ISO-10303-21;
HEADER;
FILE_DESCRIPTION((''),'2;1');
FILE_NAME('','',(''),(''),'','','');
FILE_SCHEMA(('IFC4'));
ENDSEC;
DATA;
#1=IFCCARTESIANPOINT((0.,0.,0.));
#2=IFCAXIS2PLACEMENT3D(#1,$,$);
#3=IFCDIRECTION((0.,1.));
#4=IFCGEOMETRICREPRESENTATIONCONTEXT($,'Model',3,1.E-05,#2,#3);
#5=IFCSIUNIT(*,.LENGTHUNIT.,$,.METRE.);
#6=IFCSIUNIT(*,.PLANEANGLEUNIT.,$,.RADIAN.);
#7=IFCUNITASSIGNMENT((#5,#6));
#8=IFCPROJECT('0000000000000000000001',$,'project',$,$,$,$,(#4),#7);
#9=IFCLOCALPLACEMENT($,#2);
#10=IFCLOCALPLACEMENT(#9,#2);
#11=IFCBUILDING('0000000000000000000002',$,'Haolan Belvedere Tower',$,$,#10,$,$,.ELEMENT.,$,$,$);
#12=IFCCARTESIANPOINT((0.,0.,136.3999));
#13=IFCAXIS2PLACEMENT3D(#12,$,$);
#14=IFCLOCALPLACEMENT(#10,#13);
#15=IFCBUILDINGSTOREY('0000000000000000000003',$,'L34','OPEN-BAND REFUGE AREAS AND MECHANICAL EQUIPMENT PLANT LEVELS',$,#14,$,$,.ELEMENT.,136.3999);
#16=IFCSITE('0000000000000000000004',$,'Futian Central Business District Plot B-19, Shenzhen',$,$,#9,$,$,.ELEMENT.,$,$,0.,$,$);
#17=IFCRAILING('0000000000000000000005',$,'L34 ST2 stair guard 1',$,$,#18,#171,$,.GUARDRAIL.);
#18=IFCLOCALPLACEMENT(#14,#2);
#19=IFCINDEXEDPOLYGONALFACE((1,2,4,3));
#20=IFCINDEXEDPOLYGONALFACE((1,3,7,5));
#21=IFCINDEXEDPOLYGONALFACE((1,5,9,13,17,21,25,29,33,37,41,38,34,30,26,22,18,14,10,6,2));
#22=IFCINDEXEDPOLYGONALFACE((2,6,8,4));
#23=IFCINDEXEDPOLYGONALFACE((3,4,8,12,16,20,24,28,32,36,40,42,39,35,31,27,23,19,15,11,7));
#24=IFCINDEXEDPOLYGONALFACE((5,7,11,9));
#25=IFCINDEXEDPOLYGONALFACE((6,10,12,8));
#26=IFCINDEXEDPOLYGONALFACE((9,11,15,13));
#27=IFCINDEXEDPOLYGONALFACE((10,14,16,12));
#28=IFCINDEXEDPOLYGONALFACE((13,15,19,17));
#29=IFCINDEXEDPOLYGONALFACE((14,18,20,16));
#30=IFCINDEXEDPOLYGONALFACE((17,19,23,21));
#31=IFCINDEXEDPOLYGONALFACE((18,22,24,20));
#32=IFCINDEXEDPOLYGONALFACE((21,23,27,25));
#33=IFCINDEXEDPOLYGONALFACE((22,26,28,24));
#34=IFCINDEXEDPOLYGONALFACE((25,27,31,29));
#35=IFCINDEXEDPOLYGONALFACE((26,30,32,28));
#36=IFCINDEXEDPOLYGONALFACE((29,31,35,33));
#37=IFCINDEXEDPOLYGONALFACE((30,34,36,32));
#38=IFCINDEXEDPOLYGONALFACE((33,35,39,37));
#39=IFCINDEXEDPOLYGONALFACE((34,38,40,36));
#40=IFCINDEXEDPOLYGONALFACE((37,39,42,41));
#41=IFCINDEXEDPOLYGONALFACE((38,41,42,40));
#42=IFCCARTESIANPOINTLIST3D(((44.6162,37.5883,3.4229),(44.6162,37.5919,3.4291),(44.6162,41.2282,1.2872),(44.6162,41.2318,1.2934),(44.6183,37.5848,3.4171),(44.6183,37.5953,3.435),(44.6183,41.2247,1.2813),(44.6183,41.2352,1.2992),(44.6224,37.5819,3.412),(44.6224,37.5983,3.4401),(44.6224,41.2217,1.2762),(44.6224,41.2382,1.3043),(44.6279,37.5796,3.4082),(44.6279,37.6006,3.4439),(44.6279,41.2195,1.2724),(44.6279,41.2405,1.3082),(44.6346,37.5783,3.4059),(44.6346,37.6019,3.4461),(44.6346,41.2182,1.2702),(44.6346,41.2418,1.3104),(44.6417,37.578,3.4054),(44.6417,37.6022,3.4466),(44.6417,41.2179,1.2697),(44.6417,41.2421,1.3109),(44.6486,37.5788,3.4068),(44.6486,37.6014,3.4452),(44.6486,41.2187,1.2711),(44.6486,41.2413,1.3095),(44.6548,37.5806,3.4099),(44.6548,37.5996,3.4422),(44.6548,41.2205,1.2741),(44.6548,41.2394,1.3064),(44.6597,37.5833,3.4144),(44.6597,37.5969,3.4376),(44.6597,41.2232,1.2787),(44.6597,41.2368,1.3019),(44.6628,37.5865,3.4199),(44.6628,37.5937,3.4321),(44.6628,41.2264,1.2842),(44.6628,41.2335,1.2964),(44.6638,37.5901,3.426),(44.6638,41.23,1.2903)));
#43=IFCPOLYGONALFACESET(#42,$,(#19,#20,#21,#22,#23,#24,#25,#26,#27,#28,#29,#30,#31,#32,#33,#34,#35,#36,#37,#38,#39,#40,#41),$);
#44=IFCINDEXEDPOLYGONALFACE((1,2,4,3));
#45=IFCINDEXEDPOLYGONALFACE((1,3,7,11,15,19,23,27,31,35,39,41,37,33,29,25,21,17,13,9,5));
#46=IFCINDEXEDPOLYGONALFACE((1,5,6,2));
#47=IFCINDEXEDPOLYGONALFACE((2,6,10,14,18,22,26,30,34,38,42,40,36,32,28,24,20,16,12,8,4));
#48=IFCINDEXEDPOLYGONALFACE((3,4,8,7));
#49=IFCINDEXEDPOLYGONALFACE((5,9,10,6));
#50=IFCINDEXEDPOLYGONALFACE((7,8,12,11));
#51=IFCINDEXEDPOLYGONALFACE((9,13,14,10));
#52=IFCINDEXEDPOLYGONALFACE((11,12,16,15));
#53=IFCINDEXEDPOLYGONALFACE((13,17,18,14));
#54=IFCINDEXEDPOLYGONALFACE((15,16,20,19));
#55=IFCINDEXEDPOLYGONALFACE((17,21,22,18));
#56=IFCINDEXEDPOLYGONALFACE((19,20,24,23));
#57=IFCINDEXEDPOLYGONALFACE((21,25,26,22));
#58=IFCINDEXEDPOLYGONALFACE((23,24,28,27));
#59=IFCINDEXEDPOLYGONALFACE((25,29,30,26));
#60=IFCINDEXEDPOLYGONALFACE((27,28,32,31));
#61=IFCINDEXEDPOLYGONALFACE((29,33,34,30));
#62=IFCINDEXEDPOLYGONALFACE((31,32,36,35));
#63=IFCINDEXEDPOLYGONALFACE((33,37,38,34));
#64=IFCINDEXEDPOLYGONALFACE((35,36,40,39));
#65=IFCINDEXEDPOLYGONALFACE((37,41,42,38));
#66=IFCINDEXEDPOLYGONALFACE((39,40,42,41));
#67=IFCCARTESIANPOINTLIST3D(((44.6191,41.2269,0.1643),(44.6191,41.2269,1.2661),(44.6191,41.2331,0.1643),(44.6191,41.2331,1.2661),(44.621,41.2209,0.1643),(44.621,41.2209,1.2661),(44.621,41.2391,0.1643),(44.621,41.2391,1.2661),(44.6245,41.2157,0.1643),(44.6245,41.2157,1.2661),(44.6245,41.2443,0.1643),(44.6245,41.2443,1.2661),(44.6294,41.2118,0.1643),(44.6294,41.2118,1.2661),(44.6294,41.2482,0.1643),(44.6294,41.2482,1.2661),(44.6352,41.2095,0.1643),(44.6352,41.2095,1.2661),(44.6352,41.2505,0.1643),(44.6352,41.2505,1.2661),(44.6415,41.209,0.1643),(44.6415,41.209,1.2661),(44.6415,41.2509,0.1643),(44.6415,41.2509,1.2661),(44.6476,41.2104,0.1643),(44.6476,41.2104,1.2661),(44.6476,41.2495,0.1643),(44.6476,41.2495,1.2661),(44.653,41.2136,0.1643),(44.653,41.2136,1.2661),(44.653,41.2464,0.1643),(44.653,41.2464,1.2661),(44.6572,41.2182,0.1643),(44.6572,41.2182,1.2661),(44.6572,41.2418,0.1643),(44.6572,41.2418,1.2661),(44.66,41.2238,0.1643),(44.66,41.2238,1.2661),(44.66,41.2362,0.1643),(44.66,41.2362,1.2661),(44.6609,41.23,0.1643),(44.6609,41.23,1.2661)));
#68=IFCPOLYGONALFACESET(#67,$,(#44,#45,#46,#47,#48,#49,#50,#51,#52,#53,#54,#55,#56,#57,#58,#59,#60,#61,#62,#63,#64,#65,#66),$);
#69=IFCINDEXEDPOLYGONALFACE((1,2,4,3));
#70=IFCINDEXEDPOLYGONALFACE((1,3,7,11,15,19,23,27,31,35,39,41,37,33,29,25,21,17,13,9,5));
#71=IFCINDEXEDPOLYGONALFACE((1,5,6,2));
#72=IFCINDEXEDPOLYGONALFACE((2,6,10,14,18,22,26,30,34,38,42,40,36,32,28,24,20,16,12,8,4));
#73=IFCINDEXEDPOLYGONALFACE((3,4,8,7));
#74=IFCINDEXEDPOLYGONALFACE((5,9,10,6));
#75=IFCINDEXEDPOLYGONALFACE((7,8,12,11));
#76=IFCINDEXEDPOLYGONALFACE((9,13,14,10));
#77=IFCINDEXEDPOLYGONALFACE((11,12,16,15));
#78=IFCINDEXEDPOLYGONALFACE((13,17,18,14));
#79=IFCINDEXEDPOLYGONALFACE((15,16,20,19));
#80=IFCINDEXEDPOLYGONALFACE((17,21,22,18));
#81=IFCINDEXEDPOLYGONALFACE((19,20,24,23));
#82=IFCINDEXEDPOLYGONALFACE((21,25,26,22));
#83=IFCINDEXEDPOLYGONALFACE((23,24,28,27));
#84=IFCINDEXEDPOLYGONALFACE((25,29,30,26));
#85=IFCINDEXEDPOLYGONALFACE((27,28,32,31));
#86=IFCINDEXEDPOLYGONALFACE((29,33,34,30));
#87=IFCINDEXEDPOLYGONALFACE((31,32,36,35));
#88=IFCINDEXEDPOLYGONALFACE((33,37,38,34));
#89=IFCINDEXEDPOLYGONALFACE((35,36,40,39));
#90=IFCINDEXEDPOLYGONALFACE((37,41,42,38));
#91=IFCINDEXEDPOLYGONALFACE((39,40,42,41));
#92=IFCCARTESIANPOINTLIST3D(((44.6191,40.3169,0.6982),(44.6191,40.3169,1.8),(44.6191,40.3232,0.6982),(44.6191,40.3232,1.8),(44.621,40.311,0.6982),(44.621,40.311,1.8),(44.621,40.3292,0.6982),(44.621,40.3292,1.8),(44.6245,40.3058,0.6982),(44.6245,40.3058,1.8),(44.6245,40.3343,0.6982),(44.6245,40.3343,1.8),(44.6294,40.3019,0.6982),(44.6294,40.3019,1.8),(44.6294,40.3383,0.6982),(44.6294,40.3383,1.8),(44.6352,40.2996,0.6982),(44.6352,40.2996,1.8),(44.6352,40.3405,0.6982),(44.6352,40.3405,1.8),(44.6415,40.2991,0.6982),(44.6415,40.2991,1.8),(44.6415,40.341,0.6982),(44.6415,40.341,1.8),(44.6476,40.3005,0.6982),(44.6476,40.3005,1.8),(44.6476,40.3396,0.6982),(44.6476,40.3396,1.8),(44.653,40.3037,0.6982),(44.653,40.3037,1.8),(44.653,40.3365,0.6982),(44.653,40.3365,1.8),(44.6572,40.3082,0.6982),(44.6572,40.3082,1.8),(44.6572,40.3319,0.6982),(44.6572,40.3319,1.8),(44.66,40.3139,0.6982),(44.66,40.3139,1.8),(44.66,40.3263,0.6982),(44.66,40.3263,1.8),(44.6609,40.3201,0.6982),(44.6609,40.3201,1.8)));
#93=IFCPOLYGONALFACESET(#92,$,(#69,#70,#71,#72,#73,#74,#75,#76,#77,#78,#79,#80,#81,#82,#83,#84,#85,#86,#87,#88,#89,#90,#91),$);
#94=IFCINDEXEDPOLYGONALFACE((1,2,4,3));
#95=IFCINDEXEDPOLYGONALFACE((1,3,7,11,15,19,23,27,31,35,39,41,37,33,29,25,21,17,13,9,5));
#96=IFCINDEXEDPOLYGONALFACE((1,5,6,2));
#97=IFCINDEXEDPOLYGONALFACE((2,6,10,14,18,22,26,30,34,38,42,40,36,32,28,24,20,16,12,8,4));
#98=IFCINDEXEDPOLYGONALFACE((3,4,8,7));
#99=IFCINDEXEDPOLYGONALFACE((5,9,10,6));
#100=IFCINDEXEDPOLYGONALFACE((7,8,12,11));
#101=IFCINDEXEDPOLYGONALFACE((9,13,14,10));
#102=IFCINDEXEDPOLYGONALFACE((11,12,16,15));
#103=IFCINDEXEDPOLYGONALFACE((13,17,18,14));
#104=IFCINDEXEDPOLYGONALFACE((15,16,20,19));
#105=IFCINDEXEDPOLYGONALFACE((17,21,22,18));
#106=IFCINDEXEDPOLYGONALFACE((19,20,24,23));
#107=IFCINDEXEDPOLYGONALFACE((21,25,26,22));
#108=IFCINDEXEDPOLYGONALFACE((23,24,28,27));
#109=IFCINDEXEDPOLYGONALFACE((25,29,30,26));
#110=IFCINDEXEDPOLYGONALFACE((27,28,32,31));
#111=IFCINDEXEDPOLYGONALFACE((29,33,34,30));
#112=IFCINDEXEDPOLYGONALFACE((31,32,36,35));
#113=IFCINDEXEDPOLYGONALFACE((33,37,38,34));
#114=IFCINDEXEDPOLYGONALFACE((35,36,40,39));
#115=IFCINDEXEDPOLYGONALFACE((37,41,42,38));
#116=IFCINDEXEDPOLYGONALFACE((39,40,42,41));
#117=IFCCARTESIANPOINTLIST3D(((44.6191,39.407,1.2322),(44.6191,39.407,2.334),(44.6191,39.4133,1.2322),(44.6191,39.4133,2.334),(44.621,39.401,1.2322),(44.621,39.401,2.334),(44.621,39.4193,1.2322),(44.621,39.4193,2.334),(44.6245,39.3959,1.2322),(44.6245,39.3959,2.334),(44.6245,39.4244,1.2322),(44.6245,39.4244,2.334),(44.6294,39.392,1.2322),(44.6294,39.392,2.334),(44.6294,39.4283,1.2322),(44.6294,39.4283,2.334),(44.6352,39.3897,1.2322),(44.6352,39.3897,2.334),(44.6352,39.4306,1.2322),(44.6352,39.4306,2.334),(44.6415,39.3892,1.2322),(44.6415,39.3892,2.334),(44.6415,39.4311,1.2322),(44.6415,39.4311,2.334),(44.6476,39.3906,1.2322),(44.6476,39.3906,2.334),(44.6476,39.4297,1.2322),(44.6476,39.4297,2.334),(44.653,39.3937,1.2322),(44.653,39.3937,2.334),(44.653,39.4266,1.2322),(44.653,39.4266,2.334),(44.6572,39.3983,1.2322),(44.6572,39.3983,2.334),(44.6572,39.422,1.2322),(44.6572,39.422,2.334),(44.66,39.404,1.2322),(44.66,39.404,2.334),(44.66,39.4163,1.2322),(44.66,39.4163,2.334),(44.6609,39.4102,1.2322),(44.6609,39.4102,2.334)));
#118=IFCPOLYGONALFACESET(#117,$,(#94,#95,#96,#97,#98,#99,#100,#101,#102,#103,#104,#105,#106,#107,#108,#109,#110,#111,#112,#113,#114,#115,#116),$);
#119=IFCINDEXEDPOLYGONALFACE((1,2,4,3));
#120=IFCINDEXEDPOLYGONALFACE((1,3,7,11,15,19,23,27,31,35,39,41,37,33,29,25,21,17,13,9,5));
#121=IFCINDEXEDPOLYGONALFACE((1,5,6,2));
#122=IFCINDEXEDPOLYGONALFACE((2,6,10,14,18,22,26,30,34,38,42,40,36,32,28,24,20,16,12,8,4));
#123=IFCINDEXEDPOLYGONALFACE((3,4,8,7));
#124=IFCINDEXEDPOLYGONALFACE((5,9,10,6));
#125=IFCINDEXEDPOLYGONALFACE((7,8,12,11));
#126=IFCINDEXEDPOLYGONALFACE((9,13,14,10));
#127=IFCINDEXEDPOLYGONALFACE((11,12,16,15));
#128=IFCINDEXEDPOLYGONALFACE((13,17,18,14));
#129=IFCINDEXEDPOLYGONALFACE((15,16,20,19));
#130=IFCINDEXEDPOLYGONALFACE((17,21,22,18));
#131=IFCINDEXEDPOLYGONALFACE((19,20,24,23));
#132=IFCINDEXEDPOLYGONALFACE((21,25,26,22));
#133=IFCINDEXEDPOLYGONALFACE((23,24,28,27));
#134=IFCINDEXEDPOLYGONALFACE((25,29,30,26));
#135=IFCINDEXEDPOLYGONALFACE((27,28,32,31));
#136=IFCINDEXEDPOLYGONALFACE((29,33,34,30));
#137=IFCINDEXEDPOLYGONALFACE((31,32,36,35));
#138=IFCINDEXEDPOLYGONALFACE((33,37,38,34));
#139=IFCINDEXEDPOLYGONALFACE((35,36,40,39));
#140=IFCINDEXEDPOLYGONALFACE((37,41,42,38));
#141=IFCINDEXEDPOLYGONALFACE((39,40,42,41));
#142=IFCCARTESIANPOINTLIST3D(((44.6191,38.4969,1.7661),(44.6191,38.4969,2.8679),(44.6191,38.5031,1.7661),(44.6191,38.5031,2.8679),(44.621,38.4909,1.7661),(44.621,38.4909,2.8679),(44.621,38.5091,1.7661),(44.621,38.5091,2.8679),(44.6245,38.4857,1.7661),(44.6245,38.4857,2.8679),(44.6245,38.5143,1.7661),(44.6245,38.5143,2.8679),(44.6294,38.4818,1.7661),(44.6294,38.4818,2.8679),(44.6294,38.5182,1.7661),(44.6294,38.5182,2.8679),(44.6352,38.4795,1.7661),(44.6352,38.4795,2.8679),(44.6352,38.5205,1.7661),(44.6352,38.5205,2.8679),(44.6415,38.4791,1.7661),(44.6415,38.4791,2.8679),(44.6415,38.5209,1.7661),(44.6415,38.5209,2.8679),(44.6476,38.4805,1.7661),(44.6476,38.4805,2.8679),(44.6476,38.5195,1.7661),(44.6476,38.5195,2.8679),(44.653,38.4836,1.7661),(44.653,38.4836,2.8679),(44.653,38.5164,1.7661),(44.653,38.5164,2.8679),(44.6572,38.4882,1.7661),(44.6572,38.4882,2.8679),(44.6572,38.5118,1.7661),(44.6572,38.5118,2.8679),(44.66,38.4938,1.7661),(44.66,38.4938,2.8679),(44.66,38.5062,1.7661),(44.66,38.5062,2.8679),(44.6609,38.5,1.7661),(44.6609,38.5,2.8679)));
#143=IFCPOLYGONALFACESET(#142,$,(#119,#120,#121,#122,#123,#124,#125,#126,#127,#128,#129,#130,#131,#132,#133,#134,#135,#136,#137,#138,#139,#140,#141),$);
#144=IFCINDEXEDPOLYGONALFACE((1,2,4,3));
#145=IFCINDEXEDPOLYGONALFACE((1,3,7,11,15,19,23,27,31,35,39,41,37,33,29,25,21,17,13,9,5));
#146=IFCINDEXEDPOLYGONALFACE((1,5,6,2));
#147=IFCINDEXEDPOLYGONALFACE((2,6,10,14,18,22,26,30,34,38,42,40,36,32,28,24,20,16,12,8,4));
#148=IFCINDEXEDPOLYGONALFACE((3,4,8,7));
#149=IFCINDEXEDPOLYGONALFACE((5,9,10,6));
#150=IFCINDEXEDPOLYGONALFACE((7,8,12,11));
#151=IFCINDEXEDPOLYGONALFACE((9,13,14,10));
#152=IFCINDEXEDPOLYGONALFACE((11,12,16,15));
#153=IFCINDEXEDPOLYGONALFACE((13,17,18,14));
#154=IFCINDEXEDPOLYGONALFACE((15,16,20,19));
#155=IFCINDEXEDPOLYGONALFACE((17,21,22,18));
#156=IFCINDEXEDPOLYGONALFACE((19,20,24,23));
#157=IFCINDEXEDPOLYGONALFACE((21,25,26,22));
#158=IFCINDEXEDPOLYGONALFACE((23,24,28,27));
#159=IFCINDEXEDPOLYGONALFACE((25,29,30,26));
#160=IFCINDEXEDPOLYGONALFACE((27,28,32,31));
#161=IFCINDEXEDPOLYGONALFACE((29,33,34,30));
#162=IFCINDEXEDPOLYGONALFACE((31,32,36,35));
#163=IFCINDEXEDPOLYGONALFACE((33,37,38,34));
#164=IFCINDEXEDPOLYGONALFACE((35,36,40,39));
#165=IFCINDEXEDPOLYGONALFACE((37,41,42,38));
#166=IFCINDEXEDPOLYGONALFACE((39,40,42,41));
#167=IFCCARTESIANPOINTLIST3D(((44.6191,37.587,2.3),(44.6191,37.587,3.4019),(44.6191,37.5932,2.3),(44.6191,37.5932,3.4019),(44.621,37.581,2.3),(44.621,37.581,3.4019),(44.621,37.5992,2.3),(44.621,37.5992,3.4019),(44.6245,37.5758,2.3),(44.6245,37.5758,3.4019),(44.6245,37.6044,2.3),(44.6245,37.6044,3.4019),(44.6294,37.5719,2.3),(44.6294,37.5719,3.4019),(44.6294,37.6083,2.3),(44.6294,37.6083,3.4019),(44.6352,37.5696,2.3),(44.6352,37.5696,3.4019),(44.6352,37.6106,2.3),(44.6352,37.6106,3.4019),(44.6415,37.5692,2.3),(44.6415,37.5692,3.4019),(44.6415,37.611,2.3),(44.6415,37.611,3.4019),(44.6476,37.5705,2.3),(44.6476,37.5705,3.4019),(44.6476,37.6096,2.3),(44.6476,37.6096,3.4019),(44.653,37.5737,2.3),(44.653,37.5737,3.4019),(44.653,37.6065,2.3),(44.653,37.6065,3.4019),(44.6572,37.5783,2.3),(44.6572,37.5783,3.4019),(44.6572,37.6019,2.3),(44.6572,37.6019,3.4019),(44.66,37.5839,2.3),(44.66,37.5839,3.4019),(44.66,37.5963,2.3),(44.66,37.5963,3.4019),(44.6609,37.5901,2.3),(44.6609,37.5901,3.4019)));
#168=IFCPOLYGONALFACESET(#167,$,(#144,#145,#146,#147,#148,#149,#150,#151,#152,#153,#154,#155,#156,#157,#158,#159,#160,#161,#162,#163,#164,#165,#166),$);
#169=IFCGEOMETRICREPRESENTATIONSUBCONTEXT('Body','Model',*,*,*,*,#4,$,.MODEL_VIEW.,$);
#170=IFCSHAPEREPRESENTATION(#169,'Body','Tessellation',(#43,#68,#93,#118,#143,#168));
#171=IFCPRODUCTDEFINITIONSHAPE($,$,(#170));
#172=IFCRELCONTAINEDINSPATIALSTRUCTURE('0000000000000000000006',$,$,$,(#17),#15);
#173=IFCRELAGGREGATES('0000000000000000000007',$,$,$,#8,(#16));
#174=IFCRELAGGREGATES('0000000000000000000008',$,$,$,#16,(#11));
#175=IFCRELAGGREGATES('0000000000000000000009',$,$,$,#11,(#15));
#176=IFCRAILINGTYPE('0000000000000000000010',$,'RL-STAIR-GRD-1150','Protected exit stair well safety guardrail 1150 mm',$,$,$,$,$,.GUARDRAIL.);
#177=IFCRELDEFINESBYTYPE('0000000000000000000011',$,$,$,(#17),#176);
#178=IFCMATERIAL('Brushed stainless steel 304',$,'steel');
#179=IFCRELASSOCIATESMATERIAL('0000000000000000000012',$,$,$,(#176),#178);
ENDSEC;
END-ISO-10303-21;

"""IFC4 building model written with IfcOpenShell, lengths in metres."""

from ifc_helpers import new_model, si_unit, direction, frame, origin, origin_2d, place, context, subcontext, project, spatial, circle, extrude, material, type_object, element, save


model = new_model("IFC4")

# Units and contexts
model_context = context("Model", 3, precision=1e-05, world=origin(), true_north=direction((0.0, 1.0)))
body_context = subcontext(model_context, "Body", "Model", "MODEL_VIEW")
ifc_project = project(units=[si_unit("LENGTHUNIT", "METRE"), si_unit("PLANEANGLEUNIT", "RADIAN")], contexts=[model_context])

# Site, building, storey
site_placement = place(None, origin())
site = spatial("IfcSite", under=ifc_project, at=site_placement, Name="Futian Central Business District Plot B-19, Shenzhen", CompositionType="ELEMENT", RefElevation=0.0)
building_placement = place(site_placement, origin())
building = spatial("IfcBuilding", under=site, at=building_placement, Name="Haolan Belvedere Tower", CompositionType="ELEMENT")
storey_placement = place(building_placement, frame((0.0, 0.0, 136.3999)))
storey = spatial("IfcBuildingStorey", under=building, at=storey_placement, Name="L34", Description="OPEN-BAND REFUGE AREAS AND MECHANICAL EQUIPMENT PLANT LEVELS", CompositionType="ELEMENT", Elevation=136.3999)

# Railing
ifc_material_1 = material(Name="Brushed stainless steel 304", Category="steel")
railing_type = type_object("IfcRailingType", Name="RL-STAIR-GRD-1150", Description="Protected exit stair well safety guardrail 1150 mm", PredefinedType="GUARDRAIL", material=ifc_material_1)
railing_1_placement = place(storey_placement, frame((44.6399, 41.23, 0.1643)))
element("IfcRailing", 1, at=railing_1_placement, inside=storey, type_object=railing_type, Name="L34 ST2 stair guard 1", PredefinedType="GUARDRAIL", context=body_context, shape_type="SweptSolid", body=[
    extrude(circle(Radius=0.0239, at=origin_2d()), frame((0.0, 0.0, 1.126), z_axis=(0.0, -0.86249, 0.506074), x_axis=(1.0, 0.0, 0.0)), (0.0, 0.0, 1.0), 4.2202),
    extrude(circle(Radius=0.021, at=origin_2d()), origin(), (0.0, 0.0, 1.0), 1.1018),
    extrude(circle(Radius=0.021, at=origin_2d()), frame((0.0, -0.9099, 0.5339)), (0.0, 0.0, 1.0), 1.1018),
    extrude(circle(Radius=0.021, at=origin_2d()), frame((0.0, -1.8198, 1.0679)), (0.0, 0.0, 1.0), 1.1018),
    extrude(circle(Radius=0.021, at=origin_2d()), frame((0.0, -2.73, 1.6018)), (0.0, 0.0, 1.0), 1.1018),
    extrude(circle(Radius=0.021, at=origin_2d()), frame((0.0, -3.6399, 2.1357)), (0.0, 0.0, 1.0), 1.1018),
])

save(model, "model.ifc")
